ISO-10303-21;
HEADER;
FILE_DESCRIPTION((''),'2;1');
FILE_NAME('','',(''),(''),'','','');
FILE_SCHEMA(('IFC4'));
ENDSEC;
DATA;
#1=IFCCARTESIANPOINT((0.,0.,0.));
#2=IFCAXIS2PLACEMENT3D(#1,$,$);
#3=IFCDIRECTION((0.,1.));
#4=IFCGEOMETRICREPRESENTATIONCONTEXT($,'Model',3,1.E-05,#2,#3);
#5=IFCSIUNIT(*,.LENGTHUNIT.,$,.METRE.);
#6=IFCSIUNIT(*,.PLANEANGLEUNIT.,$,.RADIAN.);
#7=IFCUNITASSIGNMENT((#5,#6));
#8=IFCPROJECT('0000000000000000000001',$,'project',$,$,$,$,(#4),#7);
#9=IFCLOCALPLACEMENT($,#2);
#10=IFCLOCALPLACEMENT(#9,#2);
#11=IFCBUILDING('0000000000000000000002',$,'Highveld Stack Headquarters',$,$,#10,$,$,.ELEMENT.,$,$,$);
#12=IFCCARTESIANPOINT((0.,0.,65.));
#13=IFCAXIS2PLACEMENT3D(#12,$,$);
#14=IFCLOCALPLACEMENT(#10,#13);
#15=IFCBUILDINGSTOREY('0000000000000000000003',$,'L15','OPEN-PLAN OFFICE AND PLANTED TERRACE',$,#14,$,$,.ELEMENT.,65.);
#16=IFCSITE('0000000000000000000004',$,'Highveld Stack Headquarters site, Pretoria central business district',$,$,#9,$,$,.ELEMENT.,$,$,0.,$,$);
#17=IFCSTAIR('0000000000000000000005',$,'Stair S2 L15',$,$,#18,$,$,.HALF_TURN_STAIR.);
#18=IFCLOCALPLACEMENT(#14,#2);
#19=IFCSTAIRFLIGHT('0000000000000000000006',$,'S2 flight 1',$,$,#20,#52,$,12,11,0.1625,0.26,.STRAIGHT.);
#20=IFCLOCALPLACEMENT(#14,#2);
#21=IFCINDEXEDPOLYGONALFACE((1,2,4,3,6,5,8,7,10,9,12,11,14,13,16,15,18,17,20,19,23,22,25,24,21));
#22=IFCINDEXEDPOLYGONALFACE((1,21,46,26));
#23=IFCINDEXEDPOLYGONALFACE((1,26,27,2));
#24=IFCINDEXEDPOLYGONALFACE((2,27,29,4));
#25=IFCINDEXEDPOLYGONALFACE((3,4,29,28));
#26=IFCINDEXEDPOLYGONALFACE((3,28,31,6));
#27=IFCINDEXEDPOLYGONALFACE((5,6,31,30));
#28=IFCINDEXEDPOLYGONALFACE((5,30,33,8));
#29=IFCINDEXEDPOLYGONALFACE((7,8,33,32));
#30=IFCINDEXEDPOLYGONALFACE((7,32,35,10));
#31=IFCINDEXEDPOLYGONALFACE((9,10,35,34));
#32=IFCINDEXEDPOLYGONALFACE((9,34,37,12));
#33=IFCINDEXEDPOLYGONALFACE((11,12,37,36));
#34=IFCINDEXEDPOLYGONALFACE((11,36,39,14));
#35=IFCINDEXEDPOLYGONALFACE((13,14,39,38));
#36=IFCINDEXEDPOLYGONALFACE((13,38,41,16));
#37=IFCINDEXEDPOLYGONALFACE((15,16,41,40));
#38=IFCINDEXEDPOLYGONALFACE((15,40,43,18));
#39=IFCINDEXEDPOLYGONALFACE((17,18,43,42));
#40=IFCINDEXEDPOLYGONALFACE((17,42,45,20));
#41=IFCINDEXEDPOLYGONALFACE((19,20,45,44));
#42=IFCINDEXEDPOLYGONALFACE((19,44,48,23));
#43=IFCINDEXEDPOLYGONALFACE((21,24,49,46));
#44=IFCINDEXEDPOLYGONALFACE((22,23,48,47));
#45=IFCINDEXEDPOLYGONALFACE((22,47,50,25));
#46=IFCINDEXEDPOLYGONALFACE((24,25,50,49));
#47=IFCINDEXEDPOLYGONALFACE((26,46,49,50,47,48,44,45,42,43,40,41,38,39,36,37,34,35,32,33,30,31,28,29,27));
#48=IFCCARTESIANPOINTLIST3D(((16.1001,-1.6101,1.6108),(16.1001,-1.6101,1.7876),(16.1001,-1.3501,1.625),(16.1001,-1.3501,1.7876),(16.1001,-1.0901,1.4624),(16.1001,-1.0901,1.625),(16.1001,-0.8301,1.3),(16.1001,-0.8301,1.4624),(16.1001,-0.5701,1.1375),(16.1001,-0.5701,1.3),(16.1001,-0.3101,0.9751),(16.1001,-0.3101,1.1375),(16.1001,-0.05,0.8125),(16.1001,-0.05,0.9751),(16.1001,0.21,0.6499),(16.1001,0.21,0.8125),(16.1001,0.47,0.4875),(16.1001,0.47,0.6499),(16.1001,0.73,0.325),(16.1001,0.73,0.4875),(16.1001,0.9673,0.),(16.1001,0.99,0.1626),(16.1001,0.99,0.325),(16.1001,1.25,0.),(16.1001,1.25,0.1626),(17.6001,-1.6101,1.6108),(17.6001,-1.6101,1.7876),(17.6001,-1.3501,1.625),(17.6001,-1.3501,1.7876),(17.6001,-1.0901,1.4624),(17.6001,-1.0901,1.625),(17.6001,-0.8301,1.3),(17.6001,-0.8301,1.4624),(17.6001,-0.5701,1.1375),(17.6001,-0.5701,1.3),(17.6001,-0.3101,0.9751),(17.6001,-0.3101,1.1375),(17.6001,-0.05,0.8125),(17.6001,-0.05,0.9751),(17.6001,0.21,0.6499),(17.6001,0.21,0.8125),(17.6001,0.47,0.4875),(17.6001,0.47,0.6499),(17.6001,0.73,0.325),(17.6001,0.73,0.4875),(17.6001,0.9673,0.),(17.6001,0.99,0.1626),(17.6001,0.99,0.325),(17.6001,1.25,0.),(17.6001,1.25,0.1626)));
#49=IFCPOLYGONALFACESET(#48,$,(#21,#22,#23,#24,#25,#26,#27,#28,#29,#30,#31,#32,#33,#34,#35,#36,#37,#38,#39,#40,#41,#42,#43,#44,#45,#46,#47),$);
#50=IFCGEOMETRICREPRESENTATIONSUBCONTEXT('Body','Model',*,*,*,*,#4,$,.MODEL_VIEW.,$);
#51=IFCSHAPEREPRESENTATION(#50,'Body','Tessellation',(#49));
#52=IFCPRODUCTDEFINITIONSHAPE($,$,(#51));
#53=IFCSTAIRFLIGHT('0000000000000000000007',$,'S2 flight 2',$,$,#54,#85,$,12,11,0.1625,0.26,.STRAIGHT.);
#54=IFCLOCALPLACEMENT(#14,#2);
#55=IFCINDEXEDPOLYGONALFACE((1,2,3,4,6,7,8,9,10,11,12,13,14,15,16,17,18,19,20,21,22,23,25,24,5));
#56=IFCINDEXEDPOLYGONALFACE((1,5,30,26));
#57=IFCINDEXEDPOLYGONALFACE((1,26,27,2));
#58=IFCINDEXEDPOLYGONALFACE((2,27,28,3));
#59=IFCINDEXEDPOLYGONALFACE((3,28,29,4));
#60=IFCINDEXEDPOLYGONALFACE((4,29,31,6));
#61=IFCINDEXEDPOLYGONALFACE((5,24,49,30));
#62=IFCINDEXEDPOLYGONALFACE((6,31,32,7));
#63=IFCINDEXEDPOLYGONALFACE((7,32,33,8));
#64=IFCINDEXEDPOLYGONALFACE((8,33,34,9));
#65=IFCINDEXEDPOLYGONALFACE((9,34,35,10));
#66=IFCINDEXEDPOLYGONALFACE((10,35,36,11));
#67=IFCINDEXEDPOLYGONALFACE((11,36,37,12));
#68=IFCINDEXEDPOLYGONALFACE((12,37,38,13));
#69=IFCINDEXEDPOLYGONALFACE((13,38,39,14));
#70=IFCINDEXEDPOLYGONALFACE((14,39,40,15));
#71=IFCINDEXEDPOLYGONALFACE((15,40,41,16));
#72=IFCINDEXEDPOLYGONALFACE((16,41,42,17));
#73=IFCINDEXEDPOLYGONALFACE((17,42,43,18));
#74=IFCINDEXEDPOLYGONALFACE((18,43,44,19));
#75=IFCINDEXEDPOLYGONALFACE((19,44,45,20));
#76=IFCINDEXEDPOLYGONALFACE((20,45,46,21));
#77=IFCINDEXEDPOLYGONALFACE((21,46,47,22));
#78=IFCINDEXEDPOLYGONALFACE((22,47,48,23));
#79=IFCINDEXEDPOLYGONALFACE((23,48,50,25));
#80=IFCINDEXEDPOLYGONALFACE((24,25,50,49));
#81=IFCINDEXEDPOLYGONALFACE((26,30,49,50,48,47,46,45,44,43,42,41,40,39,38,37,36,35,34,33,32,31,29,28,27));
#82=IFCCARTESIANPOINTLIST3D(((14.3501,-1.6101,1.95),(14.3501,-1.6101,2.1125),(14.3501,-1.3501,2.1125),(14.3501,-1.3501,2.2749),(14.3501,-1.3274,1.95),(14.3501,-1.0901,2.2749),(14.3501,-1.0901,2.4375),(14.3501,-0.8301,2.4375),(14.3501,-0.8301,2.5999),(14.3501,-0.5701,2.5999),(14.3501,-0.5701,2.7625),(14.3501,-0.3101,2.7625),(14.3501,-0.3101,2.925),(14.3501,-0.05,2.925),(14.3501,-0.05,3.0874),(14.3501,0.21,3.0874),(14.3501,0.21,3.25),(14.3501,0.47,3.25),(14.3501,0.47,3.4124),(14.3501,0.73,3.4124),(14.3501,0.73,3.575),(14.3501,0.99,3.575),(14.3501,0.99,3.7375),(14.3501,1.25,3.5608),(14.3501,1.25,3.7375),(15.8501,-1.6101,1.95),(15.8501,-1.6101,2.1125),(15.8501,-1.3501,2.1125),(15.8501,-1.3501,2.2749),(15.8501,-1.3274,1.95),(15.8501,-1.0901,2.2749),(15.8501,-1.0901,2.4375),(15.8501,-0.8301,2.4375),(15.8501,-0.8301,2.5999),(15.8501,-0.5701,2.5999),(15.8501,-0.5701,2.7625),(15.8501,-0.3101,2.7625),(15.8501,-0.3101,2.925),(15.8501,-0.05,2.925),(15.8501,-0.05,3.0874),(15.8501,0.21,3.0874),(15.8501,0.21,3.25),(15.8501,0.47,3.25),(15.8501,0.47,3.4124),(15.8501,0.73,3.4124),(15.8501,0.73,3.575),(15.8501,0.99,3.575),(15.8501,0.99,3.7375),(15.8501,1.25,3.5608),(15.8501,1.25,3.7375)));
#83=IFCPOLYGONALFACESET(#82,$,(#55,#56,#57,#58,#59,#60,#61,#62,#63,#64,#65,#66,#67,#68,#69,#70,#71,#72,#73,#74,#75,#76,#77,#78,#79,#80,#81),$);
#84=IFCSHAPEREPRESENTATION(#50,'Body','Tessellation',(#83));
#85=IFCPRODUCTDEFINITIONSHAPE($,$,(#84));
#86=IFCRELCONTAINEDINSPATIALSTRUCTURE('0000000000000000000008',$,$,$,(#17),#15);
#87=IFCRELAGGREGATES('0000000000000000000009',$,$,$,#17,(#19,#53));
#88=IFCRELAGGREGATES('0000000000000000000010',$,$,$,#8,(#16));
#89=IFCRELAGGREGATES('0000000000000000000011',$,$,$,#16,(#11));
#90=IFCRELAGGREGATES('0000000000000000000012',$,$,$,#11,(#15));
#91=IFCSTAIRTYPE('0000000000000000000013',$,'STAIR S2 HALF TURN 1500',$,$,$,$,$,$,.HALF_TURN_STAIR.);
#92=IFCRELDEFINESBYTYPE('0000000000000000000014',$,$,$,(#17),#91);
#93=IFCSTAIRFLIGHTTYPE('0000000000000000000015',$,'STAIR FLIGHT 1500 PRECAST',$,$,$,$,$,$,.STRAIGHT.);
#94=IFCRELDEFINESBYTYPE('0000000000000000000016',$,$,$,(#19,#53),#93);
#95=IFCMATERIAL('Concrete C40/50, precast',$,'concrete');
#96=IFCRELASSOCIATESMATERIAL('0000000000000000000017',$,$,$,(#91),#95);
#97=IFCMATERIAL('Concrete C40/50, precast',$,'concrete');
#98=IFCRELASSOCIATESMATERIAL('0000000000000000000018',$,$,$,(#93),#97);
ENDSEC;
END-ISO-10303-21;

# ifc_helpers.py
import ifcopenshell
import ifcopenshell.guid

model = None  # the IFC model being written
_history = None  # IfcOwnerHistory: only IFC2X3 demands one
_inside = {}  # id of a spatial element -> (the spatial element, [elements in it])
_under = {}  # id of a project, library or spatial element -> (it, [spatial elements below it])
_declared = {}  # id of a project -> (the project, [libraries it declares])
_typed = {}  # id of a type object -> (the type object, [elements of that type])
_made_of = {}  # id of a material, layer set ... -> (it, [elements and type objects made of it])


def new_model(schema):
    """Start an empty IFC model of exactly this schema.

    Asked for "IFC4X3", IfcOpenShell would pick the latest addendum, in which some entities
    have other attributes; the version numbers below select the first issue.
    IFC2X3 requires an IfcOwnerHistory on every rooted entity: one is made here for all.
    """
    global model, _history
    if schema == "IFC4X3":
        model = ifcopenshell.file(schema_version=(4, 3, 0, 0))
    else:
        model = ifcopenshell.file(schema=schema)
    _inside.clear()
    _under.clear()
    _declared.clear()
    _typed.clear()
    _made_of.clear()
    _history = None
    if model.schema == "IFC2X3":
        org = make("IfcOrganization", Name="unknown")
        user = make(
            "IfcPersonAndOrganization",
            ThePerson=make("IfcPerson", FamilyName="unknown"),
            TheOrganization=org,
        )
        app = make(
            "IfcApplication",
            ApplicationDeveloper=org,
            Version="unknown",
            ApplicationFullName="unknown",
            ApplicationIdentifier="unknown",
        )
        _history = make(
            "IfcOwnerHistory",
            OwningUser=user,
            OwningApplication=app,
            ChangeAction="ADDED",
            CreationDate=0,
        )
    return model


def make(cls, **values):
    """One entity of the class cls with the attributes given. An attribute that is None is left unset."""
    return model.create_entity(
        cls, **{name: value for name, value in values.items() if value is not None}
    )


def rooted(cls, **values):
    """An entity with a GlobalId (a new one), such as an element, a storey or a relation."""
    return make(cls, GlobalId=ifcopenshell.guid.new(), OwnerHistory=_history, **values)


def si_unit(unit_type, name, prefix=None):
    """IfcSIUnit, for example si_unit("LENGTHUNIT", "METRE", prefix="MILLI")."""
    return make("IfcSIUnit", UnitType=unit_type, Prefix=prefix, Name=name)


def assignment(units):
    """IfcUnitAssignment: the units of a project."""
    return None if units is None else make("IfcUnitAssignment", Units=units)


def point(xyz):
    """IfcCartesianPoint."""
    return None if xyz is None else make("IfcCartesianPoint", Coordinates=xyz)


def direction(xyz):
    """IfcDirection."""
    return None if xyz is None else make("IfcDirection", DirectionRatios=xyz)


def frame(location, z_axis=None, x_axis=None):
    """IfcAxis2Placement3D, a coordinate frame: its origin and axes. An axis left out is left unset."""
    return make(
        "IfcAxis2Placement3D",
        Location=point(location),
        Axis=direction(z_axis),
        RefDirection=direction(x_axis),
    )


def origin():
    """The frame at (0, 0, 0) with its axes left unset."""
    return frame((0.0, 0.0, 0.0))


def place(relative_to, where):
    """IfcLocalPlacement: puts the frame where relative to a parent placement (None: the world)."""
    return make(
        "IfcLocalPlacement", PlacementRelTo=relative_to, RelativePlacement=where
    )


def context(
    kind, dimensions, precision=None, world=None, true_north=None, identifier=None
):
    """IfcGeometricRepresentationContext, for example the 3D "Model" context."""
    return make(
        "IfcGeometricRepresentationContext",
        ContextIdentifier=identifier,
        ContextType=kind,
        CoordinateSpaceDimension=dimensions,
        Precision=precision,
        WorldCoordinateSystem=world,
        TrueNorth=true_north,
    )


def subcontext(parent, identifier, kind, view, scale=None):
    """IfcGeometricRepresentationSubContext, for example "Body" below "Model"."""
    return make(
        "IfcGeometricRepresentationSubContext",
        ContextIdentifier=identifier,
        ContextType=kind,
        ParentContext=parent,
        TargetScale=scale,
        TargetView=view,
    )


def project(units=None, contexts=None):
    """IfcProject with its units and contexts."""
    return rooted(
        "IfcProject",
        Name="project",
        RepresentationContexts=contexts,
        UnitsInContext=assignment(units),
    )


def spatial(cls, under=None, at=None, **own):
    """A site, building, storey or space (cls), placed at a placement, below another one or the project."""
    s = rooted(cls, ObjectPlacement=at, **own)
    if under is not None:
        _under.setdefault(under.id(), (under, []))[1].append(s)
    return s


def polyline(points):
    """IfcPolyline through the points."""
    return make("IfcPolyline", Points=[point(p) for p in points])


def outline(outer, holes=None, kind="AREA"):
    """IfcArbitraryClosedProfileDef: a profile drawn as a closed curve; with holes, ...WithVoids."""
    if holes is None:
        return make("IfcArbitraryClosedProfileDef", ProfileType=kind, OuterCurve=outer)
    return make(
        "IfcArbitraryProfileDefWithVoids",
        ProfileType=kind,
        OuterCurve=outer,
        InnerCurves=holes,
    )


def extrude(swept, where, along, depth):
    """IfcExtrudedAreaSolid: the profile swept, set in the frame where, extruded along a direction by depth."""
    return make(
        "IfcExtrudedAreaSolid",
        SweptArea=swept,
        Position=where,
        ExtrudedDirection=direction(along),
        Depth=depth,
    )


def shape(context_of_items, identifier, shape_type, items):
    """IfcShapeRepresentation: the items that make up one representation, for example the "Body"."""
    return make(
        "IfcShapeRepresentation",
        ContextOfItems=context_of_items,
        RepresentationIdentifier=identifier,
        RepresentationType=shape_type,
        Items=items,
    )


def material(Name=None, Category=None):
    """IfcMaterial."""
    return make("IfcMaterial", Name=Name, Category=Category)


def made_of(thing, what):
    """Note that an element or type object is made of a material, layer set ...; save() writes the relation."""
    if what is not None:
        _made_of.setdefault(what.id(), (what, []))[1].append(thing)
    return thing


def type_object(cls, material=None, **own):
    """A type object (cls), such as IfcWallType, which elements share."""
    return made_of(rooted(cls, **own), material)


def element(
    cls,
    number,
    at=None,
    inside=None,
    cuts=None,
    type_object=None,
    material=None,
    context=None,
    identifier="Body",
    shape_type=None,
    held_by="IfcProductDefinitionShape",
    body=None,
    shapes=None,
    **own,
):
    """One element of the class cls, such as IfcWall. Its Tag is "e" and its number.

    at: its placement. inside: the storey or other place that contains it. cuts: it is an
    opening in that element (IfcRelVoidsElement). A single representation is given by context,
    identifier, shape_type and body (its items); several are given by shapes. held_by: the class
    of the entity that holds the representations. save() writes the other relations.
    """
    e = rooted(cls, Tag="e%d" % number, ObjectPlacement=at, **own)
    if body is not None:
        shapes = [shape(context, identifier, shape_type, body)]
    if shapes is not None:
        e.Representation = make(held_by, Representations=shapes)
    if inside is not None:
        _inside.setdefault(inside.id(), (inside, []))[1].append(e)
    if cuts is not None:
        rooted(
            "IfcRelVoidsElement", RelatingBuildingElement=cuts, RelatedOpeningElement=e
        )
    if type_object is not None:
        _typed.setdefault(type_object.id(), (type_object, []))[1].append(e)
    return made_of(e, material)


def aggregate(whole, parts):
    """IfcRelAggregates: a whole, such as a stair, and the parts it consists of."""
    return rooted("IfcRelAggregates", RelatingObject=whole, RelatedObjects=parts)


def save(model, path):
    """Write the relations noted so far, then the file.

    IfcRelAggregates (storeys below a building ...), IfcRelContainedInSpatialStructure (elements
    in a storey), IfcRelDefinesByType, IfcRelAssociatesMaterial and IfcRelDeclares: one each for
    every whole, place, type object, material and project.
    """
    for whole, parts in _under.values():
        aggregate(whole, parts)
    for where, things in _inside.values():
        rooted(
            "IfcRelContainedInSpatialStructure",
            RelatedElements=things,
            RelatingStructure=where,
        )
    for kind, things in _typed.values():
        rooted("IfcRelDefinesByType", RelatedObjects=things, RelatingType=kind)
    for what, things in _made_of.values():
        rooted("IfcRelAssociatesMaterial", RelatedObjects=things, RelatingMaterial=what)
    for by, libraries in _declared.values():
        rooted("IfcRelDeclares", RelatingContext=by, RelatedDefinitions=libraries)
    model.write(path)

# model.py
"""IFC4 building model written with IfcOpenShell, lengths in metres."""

from ifc_helpers import new_model, si_unit, direction, frame, origin, place, context, subcontext, project, spatial, polyline, outline, extrude, material, type_object, element, aggregate, save


model = new_model("IFC4")

# Units and contexts
model_context = context("Model", 3, precision=1e-05, world=origin(), true_north=direction((0.0, 1.0)))
body_context = subcontext(model_context, "Body", "Model", "MODEL_VIEW")
ifc_project = project(units=[si_unit("LENGTHUNIT", "METRE"), si_unit("PLANEANGLEUNIT", "RADIAN")], contexts=[model_context])

# Site, building, storey
site_placement = place(None, origin())
site = spatial("IfcSite", under=ifc_project, at=site_placement, Name="Highveld Stack Headquarters site, Pretoria central business district", CompositionType="ELEMENT", RefElevation=0.0)
building_placement = place(site_placement, origin())
building = spatial("IfcBuilding", under=site, at=building_placement, Name="Highveld Stack Headquarters", CompositionType="ELEMENT")
storey_placement = place(building_placement, frame((0.0, 0.0, 65.0)))
storey = spatial("IfcBuildingStorey", under=building, at=storey_placement, Name="L15", Description="OPEN-PLAN OFFICE AND PLANTED TERRACE", CompositionType="ELEMENT", Elevation=65.0)

# Stair, stair flights
ifc_material_1 = material(Name="Concrete C40/50, precast", Category="concrete")
stair_type = type_object("IfcStairType", Name="STAIR S2 HALF TURN 1500", PredefinedType="HALF_TURN_STAIR", material=ifc_material_1)
stair_placement = place(storey_placement, origin())
stair = element("IfcStair", 1, at=stair_placement, inside=storey, type_object=stair_type, Name="Stair S2 L15", PredefinedType="HALF_TURN_STAIR")
ifc_material_2 = material(Name="Concrete C40/50, precast", Category="concrete")
stair_flight_type = type_object("IfcStairFlightType", Name="STAIR FLIGHT 1500 PRECAST", PredefinedType="STRAIGHT", material=ifc_material_2)
stair_flight_1_placement = place(storey_placement, frame((16.8501, 1.25, 0.0), z_axis=(0.0, 0.0, 1.0), x_axis=(0.0, -1.0, 0.0)))
stair_flight_1 = element("IfcStairFlight", 2, at=stair_flight_1_placement, type_object=stair_flight_type, Name="S2 flight 1", NumberOfRisers=12, NumberOfTreads=11, PredefinedType="STRAIGHT", RiserHeight=0.1625, TreadLength=0.26, context=body_context, shape_type="SweptSolid", body=[
    extrude(outline(polyline([(0.0, 0.0), (0.0, 0.1626), (0.26, 0.1626), (0.26, 0.325), (0.52, 0.325), (0.52, 0.4875), (0.78, 0.4875), (0.78, 0.6499), (1.04, 0.6499), (1.04, 0.8125), (1.3, 0.8125), (1.3, 0.9751), (1.5601, 0.9751), (1.5601, 1.1375), (1.8201, 1.1375), (1.8201, 1.3), (2.0801, 1.3), (2.0801, 1.4624), (2.3401, 1.4624), (2.3401, 1.625), (2.6001, 1.625), (2.6001, 1.7876), (2.8601, 1.7876), (2.8601, 1.95), (2.8601, 1.6108), (0.2827, 0.0), (0.0, 0.0)])), frame((0.0, 0.75, 0.0), z_axis=(0.0, -1.0, 0.0), x_axis=(1.0, 0.0, 0.0)), (0.0, 0.0, 1.0), 1.5),
])
stair_flight_2_placement = place(storey_placement, frame((15.1001, -1.6101, 1.95), z_axis=(0.0, 0.0, 1.0), x_axis=(0.0, 1.0, 0.0)))
stair_flight_2 = element("IfcStairFlight", 3, at=stair_flight_2_placement, type_object=stair_flight_type, Name="S2 flight 2", NumberOfRisers=12, NumberOfTreads=11, PredefinedType="STRAIGHT", RiserHeight=0.1625, TreadLength=0.26, context=body_context, shape_type="SweptSolid", body=[
    extrude(outline(polyline([(0.0, 0.0), (0.0, 0.1626), (0.26, 0.1626), (0.26, 0.325), (0.52, 0.325), (0.52, 0.4875), (0.78, 0.4875), (0.78, 0.6499), (1.04, 0.6499), (1.04, 0.8125), (1.3, 0.8125), (1.3, 0.9751), (1.5601, 0.9751), (1.5601, 1.1375), (1.8201, 1.1375), (1.8201, 1.3), (2.0801, 1.3), (2.0801, 1.4624), (2.3401, 1.4624), (2.3401, 1.625), (2.6001, 1.625), (2.6001, 1.7876), (2.8601, 1.7876), (2.8601, 1.95), (2.8601, 1.6108), (0.2827, 0.0), (0.0, 0.0)])), frame((0.0, 0.75, 0.0), z_axis=(0.0, -1.0, 0.0), x_axis=(1.0, 0.0, 0.0)), (0.0, 0.0, 1.0), 1.5),
])
aggregate(stair, [stair_flight_1, stair_flight_2])

save(model, "model.ifc")
